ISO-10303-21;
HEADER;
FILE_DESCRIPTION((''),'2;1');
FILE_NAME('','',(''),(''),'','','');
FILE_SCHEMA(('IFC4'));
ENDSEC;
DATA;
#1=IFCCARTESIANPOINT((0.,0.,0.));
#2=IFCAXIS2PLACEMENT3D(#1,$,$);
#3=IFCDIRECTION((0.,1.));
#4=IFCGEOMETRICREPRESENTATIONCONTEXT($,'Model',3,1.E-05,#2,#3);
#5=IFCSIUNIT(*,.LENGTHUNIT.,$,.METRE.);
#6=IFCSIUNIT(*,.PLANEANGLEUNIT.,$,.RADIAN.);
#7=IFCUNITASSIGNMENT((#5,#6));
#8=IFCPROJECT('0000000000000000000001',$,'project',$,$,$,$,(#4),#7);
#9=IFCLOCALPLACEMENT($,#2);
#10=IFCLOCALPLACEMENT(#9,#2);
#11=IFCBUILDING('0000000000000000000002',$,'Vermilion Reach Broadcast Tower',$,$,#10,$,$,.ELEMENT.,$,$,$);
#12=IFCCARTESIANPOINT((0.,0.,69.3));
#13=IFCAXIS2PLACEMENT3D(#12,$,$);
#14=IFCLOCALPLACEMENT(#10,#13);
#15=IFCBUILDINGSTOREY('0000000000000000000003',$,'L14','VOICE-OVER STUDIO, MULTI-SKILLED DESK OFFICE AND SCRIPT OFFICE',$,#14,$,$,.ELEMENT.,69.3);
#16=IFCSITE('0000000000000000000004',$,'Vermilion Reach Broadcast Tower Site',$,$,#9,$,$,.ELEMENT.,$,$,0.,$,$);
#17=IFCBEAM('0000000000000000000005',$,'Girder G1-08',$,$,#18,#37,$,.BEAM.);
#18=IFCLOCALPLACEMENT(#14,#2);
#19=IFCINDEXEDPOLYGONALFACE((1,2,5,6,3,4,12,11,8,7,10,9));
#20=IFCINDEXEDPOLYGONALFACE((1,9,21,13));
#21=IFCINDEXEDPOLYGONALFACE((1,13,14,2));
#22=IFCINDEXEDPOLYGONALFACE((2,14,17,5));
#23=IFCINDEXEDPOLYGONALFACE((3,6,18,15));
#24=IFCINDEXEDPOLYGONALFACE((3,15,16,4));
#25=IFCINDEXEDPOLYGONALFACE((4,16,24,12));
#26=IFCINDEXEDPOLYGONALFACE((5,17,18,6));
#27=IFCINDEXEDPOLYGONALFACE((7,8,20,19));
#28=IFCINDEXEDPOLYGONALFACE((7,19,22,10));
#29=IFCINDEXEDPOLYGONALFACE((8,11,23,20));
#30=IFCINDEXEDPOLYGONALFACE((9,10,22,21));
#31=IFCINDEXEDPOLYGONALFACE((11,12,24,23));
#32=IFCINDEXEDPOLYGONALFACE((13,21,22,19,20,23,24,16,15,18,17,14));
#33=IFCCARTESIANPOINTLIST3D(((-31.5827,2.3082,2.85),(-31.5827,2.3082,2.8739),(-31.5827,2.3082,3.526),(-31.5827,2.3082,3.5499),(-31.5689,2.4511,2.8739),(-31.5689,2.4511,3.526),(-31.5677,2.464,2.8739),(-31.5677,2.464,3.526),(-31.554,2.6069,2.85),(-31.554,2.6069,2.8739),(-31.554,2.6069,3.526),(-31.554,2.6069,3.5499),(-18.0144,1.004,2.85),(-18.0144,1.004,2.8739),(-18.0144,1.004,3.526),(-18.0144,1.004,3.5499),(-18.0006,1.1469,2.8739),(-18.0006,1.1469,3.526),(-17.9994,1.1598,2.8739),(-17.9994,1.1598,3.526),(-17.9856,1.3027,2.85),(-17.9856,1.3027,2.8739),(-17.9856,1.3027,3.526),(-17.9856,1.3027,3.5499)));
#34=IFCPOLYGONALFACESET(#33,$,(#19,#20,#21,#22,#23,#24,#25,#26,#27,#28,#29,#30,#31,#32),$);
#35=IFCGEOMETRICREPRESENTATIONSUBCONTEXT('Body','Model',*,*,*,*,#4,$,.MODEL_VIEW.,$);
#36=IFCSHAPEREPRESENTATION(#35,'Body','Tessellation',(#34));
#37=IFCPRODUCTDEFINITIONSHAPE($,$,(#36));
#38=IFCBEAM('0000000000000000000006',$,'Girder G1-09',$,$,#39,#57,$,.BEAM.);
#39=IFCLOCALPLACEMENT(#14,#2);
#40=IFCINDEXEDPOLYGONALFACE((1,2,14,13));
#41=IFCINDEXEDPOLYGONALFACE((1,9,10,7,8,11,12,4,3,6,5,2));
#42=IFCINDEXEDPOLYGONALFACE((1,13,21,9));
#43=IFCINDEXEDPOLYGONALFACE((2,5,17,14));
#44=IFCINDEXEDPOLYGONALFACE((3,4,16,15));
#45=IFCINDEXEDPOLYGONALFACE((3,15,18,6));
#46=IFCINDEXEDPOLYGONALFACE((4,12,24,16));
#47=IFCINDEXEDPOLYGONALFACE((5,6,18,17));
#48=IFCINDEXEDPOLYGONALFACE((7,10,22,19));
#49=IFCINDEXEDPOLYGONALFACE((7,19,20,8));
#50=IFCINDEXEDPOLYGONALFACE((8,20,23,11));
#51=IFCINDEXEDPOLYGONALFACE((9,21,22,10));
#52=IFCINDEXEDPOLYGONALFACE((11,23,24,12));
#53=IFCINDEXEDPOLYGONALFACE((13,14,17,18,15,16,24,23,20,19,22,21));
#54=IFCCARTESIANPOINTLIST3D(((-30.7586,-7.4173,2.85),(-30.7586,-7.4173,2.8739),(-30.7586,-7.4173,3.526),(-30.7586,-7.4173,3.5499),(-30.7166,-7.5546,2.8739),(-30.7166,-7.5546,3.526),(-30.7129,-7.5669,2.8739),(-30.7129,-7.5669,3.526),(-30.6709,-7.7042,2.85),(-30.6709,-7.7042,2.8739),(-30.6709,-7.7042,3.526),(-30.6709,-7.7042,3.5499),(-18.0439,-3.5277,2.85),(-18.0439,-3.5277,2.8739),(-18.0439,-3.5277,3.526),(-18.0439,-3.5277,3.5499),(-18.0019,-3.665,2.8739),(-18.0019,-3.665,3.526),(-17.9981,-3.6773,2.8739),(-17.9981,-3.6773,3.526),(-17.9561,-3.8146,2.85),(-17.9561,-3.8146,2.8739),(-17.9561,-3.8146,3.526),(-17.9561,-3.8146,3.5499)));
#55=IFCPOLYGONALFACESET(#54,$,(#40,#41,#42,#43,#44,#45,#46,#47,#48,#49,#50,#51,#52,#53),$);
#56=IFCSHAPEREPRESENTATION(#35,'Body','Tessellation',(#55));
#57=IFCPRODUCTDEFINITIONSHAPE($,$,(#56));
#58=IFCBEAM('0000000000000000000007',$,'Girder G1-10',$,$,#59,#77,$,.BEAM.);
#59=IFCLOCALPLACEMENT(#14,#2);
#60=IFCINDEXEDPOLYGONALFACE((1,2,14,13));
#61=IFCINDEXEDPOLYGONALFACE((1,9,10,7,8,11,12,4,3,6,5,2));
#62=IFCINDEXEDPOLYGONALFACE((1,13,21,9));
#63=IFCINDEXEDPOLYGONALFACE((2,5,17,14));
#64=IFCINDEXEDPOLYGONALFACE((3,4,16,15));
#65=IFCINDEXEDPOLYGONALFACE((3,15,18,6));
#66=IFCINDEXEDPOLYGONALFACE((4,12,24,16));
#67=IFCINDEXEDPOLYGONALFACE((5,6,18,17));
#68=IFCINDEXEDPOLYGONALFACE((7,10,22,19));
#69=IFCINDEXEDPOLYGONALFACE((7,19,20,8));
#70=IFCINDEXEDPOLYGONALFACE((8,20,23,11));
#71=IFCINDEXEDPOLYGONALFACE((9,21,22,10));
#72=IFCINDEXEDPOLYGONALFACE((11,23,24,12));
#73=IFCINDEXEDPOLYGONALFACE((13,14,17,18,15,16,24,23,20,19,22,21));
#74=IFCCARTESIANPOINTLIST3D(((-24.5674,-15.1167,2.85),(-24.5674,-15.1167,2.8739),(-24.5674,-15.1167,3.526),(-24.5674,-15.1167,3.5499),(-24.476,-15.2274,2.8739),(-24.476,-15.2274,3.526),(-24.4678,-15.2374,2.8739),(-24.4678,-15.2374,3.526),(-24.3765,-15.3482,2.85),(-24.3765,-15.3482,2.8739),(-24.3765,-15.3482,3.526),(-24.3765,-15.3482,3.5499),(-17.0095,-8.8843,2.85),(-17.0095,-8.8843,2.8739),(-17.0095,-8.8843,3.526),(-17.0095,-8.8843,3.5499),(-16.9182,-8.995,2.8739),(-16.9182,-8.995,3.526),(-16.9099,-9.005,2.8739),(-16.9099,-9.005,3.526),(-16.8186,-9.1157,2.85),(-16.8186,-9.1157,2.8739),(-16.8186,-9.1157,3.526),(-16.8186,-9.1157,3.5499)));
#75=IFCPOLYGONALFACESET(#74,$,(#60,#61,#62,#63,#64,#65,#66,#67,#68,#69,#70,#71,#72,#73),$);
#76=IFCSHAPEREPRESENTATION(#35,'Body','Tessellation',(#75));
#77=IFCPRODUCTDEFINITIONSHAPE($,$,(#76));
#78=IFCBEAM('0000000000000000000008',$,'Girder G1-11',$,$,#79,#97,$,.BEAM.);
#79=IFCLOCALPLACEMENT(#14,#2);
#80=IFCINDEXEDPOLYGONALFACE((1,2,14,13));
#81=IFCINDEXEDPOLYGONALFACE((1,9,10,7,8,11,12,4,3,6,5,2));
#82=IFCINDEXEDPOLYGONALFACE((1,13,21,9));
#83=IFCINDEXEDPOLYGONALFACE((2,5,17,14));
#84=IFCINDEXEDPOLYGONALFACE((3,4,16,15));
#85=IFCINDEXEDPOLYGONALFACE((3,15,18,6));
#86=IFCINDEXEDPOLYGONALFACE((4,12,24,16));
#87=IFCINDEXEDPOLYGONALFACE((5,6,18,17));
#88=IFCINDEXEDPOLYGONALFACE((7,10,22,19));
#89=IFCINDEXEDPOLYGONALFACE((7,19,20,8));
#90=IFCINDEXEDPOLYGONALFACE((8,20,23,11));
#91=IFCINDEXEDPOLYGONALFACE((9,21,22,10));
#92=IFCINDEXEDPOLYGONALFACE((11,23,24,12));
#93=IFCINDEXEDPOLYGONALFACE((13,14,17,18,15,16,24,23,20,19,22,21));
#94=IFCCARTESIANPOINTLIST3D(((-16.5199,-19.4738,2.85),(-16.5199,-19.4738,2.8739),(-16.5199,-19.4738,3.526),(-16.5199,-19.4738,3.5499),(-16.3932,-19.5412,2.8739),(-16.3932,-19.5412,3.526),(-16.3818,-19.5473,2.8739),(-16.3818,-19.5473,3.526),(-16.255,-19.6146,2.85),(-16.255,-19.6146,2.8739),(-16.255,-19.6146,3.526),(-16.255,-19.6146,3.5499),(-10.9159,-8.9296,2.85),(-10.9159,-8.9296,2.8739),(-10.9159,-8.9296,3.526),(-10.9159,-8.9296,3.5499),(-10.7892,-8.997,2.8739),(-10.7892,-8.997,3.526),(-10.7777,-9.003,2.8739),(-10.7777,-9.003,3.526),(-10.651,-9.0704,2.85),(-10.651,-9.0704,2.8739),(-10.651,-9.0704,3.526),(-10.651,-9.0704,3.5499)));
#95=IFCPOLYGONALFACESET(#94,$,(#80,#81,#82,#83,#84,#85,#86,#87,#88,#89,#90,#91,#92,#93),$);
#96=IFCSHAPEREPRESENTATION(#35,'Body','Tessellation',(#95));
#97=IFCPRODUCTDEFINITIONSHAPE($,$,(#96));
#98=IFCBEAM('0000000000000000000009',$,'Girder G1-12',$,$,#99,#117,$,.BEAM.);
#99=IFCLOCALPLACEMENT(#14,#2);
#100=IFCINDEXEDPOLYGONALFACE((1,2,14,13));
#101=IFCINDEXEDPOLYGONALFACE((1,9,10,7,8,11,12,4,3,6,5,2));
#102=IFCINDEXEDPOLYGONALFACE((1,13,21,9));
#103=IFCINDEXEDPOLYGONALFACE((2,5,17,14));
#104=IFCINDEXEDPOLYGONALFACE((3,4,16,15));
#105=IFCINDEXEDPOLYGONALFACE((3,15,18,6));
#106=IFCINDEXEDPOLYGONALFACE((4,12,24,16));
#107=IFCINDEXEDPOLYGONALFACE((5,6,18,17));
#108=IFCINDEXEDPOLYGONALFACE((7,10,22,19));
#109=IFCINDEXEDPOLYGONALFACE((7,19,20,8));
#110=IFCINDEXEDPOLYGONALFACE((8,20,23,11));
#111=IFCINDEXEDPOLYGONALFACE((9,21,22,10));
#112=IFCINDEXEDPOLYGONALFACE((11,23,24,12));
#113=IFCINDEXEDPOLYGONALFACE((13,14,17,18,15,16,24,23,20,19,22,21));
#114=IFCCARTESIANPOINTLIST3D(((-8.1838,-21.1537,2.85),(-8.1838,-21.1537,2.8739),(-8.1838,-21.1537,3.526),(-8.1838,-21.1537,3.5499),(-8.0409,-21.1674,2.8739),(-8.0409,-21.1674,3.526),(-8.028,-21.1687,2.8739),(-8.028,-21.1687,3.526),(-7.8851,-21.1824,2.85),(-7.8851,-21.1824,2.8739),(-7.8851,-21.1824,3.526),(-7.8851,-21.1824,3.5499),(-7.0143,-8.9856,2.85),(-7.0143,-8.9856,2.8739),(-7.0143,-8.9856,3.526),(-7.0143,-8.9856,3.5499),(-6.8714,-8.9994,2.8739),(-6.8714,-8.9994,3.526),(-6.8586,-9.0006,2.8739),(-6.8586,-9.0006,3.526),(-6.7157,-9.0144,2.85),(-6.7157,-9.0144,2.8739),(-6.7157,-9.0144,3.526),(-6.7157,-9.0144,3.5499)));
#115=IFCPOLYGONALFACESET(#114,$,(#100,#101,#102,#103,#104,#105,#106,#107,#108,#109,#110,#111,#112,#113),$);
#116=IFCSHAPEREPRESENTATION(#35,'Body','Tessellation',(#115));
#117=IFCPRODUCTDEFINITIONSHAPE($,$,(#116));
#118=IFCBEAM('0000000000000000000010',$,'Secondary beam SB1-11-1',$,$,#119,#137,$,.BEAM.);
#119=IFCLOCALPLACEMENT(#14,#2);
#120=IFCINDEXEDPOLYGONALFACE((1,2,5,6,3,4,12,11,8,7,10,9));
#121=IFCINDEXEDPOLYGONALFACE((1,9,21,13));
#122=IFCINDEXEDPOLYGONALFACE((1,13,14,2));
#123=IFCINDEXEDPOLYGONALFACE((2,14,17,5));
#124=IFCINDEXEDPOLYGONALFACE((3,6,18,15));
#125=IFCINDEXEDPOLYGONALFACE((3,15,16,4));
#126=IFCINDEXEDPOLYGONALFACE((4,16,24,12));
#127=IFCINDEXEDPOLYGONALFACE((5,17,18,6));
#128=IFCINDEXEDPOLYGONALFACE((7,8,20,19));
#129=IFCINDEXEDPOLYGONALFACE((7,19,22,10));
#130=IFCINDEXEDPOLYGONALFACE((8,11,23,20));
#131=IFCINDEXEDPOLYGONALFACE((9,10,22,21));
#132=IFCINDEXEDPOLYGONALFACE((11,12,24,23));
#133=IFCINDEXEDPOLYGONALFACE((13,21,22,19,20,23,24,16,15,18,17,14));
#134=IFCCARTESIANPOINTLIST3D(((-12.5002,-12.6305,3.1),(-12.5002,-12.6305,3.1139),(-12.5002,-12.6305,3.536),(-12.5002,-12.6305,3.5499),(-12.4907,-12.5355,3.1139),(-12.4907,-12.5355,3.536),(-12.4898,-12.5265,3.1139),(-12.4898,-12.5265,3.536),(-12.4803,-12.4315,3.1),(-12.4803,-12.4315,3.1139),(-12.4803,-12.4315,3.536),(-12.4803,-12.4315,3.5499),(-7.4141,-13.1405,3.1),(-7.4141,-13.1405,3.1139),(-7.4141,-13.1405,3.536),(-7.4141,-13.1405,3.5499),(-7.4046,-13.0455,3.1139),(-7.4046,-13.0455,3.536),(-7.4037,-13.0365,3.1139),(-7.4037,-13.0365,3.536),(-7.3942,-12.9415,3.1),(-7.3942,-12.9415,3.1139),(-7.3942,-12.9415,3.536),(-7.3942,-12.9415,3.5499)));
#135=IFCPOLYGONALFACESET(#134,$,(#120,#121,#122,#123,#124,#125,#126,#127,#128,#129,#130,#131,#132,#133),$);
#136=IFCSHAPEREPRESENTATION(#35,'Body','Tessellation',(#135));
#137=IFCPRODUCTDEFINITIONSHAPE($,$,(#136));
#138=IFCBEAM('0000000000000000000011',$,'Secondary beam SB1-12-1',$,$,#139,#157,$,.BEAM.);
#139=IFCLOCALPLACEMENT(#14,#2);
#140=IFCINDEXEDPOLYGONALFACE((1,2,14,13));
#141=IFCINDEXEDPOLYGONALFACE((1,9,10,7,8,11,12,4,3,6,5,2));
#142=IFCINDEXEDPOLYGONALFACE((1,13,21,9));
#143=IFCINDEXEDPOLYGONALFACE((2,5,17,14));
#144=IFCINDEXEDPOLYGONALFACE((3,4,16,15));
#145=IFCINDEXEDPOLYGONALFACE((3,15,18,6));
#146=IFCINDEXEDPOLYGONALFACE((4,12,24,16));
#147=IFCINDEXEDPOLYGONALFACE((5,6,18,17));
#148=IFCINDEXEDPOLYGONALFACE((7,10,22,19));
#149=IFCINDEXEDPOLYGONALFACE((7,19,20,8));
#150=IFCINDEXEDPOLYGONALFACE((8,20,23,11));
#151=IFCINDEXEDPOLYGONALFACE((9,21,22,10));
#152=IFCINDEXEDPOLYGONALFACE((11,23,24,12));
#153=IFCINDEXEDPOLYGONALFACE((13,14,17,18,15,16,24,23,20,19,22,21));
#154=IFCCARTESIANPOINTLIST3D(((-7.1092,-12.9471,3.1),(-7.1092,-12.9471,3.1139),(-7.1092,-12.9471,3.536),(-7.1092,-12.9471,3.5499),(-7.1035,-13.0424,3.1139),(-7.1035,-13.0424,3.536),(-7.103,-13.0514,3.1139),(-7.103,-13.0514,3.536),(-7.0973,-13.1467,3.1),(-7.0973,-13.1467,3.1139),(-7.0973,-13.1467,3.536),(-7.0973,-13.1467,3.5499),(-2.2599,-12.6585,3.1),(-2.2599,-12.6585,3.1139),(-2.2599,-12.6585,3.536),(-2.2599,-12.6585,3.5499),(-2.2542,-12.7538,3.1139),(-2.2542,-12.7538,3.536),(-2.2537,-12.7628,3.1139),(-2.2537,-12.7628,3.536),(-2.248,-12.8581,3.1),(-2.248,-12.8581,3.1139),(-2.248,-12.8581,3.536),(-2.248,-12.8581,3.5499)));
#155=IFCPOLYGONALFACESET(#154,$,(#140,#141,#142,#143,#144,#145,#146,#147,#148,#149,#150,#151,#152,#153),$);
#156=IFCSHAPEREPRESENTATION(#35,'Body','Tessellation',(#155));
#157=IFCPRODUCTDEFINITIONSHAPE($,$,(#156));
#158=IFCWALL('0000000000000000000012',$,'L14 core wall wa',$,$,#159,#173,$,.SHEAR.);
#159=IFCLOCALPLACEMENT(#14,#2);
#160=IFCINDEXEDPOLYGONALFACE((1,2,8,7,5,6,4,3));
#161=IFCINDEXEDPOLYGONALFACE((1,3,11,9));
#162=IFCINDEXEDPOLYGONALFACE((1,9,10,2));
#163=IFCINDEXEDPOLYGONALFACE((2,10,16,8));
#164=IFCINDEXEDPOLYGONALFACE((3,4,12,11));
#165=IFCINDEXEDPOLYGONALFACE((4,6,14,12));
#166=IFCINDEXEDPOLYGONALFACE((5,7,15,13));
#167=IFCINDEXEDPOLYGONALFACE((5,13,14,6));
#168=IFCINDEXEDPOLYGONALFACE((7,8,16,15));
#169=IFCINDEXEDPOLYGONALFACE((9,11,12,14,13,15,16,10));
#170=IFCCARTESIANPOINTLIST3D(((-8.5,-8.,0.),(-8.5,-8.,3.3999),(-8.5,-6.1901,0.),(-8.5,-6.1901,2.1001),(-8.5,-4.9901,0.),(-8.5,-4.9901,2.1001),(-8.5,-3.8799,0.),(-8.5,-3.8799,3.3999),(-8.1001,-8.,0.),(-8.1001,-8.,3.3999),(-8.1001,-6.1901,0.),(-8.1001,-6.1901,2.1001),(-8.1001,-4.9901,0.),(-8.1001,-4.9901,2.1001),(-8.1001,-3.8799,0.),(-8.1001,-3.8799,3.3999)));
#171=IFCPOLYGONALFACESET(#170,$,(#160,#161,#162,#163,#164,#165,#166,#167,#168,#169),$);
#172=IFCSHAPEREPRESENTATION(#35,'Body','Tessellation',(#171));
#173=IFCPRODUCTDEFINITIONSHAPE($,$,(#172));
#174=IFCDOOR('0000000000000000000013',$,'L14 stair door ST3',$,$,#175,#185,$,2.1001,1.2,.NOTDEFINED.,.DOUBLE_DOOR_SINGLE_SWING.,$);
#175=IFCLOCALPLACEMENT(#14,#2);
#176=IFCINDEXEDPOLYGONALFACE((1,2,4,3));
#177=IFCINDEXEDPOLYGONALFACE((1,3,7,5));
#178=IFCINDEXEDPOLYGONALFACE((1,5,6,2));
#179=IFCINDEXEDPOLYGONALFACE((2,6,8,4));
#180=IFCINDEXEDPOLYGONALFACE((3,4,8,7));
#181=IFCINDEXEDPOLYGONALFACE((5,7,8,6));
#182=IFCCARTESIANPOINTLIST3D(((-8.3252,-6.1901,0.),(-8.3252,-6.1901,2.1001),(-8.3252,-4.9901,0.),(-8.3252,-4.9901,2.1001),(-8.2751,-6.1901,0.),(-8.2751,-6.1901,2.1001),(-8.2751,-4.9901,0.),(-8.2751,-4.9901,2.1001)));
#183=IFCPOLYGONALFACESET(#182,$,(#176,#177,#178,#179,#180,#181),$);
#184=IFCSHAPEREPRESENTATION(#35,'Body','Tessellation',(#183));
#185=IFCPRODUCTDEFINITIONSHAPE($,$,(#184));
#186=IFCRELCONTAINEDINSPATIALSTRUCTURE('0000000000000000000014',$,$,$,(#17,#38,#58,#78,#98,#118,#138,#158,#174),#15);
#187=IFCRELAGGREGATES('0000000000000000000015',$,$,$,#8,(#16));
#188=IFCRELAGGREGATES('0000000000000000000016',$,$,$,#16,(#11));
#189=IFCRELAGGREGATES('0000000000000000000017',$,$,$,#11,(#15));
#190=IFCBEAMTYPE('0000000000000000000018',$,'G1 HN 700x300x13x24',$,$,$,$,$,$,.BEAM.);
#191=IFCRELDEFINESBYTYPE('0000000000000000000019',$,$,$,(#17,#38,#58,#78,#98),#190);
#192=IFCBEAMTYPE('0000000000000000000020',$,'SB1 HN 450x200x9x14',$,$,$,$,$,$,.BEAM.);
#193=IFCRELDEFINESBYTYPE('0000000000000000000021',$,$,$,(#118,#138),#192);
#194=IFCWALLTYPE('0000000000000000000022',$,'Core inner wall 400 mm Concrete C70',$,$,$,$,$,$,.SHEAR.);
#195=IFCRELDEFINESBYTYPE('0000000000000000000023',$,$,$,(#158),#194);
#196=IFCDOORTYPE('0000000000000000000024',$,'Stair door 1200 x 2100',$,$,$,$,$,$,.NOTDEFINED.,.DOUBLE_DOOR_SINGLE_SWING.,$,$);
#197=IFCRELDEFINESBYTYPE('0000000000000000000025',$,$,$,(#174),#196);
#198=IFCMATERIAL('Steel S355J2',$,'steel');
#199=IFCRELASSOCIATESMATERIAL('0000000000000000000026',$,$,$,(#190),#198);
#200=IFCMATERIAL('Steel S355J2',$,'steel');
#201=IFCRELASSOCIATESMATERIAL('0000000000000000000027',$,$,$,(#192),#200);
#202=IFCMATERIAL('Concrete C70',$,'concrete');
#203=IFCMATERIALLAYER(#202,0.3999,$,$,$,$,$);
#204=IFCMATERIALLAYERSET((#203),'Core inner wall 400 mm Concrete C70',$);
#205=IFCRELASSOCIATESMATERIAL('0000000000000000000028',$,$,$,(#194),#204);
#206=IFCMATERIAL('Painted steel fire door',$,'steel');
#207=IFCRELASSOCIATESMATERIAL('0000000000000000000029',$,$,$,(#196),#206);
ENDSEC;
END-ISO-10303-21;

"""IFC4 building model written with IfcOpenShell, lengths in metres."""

from ifc_helpers import new_model, si_unit, direction, frame, frame_2d, origin, origin_2d, place, context, subcontext, project, spatial, rectangle, i_section, extrude, material, layer, layer_set, material_profile, profile_set, type_object, element, fill, save


model = new_model("IFC4")

# Units and contexts
model_context = context("Model", 3, precision=1e-05, world=origin(), true_north=direction((0.0, 1.0)))
body_context = subcontext(model_context, "Body", "Model", "MODEL_VIEW")
ifc_project = project(units=[si_unit("LENGTHUNIT", "METRE"), si_unit("PLANEANGLEUNIT", "RADIAN")], contexts=[model_context])

# Site, building, storey
site_placement = place(None, origin())
site = spatial("IfcSite", under=ifc_project, at=site_placement, Name="Vermilion Reach Broadcast Tower Site", CompositionType="ELEMENT", RefElevation=0.0)
building_placement = place(site_placement, origin())
building = spatial("IfcBuilding", under=site, at=building_placement, Name="Vermilion Reach Broadcast Tower", CompositionType="ELEMENT")
storey_placement = place(building_placement, frame((0.0, 0.0, 69.3)))
storey = spatial("IfcBuildingStorey", under=building, at=storey_placement, Name="L14", Description="VOICE-OVER STUDIO, MULTI-SKILLED DESK OFFICE AND SCRIPT OFFICE", CompositionType="ELEMENT", Elevation=69.3)

# Beams
ifc_material_1 = material(Name="Steel S355J2", Category="steel")
ifc_material_profile_1 = material_profile(ifc_material_1, i_section(OverallWidth=0.3, OverallDepth=0.7, WebThickness=0.0129, FlangeThickness=0.0239, at=origin_2d()), Name="S355J2 HN 700x300x13x24")
ifc_profile_set_1 = profile_set([ifc_material_profile_1], Name="Steel S355J2")
beam_type_1 = type_object("IfcBeamType", Name="G1 HN 700x300x13x24", PredefinedType="BEAM", material=ifc_profile_set_1)
beam_1_placement = place(storey_placement, frame((-18.0, 1.1533, 3.2), z_axis=(-0.995412, 0.09568, 0.0), x_axis=(-0.09568, -0.995412, 0.0)))
element("IfcBeam", 1, at=beam_1_placement, inside=storey, type_object=beam_type_1, Name="Girder G1-08", PredefinedType="BEAM", context=body_context, shape_type="SweptSolid", body=[
    extrude(i_section(OverallWidth=0.3, OverallDepth=0.7, WebThickness=0.0129, FlangeThickness=0.0239, at=origin_2d()), origin(), (0.0, 0.0, 1.0), 13.6309),
])
beam_2_placement = place(storey_placement, frame((-18.0, -3.6711, 3.2), z_axis=(-0.956256, -0.292532, 0.0), x_axis=(0.292532, -0.956256, 0.0)))
element("IfcBeam", 2, at=beam_2_placement, inside=storey, type_object=beam_type_1, Name="Girder G1-09", PredefinedType="BEAM", context=body_context, shape_type="SweptSolid", body=[
    extrude(i_section(OverallWidth=0.3, OverallDepth=0.7, WebThickness=0.0129, FlangeThickness=0.0239, at=origin_2d()), origin(), (0.0, 0.0, 1.0), 13.2964),
])
beam_3_placement = place(storey_placement, frame((-16.9141, -9.0, 3.2), z_axis=(-0.771514, -0.636212, 0.0), x_axis=(0.636212, -0.771514, 0.0)))
element("IfcBeam", 3, at=beam_3_placement, inside=storey, type_object=beam_type_1, Name="Girder G1-10", PredefinedType="BEAM", context=body_context, shape_type="SweptSolid", body=[
    extrude(i_section(OverallWidth=0.3, OverallDepth=0.7, WebThickness=0.0129, FlangeThickness=0.0239, at=origin_2d()), origin(), (0.0, 0.0, 1.0), 9.7961),
])
beam_4_placement = place(storey_placement, frame((-10.7834, -9.0, 3.2), z_axis=(-0.469312, -0.883032, 0.0), x_axis=(0.883032, -0.469312, 0.0)))
element("IfcBeam", 4, at=beam_4_placement, inside=storey, type_object=beam_type_1, Name="Girder G1-11", PredefinedType="BEAM", context=body_context, shape_type="SweptSolid", body=[
    extrude(i_section(OverallWidth=0.3, OverallDepth=0.7, WebThickness=0.0129, FlangeThickness=0.0239, at=origin_2d()), origin(), (0.0, 0.0, 1.0), 11.9409),
])
beam_5_placement = place(storey_placement, frame((-6.865, -9.0, 3.2), z_axis=(-0.095667, -0.995413, 0.0), x_axis=(0.995413, -0.095667, 0.0)))
element("IfcBeam", 5, at=beam_5_placement, inside=storey, type_object=beam_type_1, Name="Girder G1-12", PredefinedType="BEAM", context=body_context, shape_type="SweptSolid", body=[
    extrude(i_section(OverallWidth=0.3, OverallDepth=0.7, WebThickness=0.0129, FlangeThickness=0.0239, at=origin_2d()), origin(), (0.0, 0.0, 1.0), 12.2241),
])
ifc_material_2 = material(Name="Steel S355J2", Category="steel")
ifc_material_profile_2 = material_profile(ifc_material_2, i_section(OverallWidth=0.2, OverallDepth=0.45, WebThickness=0.009, FlangeThickness=0.0139, at=origin_2d()), Name="S355J2 HN 450x200x9x14")
ifc_profile_set_2 = profile_set([ifc_material_profile_2], Name="Steel S355J2")
beam_type_2 = type_object("IfcBeamType", Name="SB1 HN 450x200x9x14", PredefinedType="BEAM", material=ifc_profile_set_2)
beam_6_placement = place(storey_placement, frame((-12.4902, -12.531, 3.325), z_axis=(0.99501, -0.099773, 0.0), x_axis=(0.099773, 0.99501, 0.0)))
element("IfcBeam", 6, at=beam_6_placement, inside=storey, type_object=beam_type_2, Name="Secondary beam SB1-11-1", PredefinedType="BEAM", context=body_context, shape_type="SweptSolid", body=[
    extrude(i_section(OverallWidth=0.2, OverallDepth=0.45, WebThickness=0.009, FlangeThickness=0.0139, at=origin_2d()), origin(), (0.0, 0.0, 1.0), 5.1116),
])
beam_7_placement = place(storey_placement, frame((-7.1033, -13.0469, 3.325), z_axis=(0.998234, 0.059403, 0.0), x_axis=(-0.059403, 0.998234, 0.0)))
element("IfcBeam", 7, at=beam_7_placement, inside=storey, type_object=beam_type_2, Name="Secondary beam SB1-12-1", PredefinedType="BEAM", context=body_context, shape_type="SweptSolid", body=[
    extrude(i_section(OverallWidth=0.2, OverallDepth=0.45, WebThickness=0.009, FlangeThickness=0.0139, at=origin_2d()), origin(), (0.0, 0.0, 1.0), 4.8579),
])

# Wall, opening, door
ifc_material_3 = material(Name="Concrete C70", Category="concrete")
ifc_layer_1 = layer(ifc_material_3, 0.3999)
ifc_layer_set_1 = layer_set([ifc_layer_1], Name="Core inner wall 400 mm Concrete C70")
wall_type_1 = type_object("IfcWallType", Name="Core inner wall 400 mm Concrete C70", PredefinedType="SHEAR", material=ifc_layer_set_1)
wall_1_placement = place(storey_placement, frame((-8.3, -3.8799, 0.0), z_axis=(0.0, 0.0, 1.0), x_axis=(0.0, -1.0, 0.0)))
wall_1 = element("IfcWall", 8, at=wall_1_placement, inside=storey, type_object=wall_type_1, Name="L14 core wall wa", PredefinedType="SHEAR", context=body_context, shape_type="SweptSolid", body=[
    extrude(rectangle(XDim=4.1201, YDim=0.3999, at=frame_2d((2.0601, 0.0))), origin(), (0.0, 0.0, 1.0), 3.3999),
])
opening_1_placement = place(wall_1_placement, frame((1.1101, 0.0, 0.0)))
opening_1 = element("IfcOpeningElement", 9, at=opening_1_placement, cuts=wall_1, PredefinedType="OPENING", context=body_context, shape_type="SweptSolid", body=[
    extrude(rectangle(XDim=1.2, YDim=2.1001, at=frame_2d((0.6001, 1.05))), frame((0.0, 0.21, 0.0), z_axis=(0.0, -1.0, 0.0), x_axis=(1.0, 0.0, 0.0)), (0.0, 0.0, 1.0), 0.4199),
])
ifc_material_4 = material(Name="Painted steel fire door", Category="steel")
door_type_1 = type_object("IfcDoorType", Name="Stair door 1200 x 2100", OperationType="DOUBLE_DOOR_SINGLE_SWING", PredefinedType="NOTDEFINED", material=ifc_material_4)
door_1_placement = place(opening_1_placement, origin())
door_1 = element("IfcDoor", 10, at=door_1_placement, inside=storey, type_object=door_type_1, Name="L14 stair door ST3", OperationType="DOUBLE_DOOR_SINGLE_SWING", OverallHeight=2.1001, OverallWidth=1.2, PredefinedType="NOTDEFINED", context=body_context, shape_type="SweptSolid", body=[
    extrude(rectangle(XDim=1.2, YDim=2.1001, at=frame_2d((0.6001, 1.05))), frame((0.0, 0.0249, 0.0), z_axis=(0.0, -1.0, 0.0), x_axis=(1.0, 0.0, 0.0)), (0.0, 0.0, 1.0), 0.05),
])
fill(opening_1, door_1)

save(model, "model.ifc")
